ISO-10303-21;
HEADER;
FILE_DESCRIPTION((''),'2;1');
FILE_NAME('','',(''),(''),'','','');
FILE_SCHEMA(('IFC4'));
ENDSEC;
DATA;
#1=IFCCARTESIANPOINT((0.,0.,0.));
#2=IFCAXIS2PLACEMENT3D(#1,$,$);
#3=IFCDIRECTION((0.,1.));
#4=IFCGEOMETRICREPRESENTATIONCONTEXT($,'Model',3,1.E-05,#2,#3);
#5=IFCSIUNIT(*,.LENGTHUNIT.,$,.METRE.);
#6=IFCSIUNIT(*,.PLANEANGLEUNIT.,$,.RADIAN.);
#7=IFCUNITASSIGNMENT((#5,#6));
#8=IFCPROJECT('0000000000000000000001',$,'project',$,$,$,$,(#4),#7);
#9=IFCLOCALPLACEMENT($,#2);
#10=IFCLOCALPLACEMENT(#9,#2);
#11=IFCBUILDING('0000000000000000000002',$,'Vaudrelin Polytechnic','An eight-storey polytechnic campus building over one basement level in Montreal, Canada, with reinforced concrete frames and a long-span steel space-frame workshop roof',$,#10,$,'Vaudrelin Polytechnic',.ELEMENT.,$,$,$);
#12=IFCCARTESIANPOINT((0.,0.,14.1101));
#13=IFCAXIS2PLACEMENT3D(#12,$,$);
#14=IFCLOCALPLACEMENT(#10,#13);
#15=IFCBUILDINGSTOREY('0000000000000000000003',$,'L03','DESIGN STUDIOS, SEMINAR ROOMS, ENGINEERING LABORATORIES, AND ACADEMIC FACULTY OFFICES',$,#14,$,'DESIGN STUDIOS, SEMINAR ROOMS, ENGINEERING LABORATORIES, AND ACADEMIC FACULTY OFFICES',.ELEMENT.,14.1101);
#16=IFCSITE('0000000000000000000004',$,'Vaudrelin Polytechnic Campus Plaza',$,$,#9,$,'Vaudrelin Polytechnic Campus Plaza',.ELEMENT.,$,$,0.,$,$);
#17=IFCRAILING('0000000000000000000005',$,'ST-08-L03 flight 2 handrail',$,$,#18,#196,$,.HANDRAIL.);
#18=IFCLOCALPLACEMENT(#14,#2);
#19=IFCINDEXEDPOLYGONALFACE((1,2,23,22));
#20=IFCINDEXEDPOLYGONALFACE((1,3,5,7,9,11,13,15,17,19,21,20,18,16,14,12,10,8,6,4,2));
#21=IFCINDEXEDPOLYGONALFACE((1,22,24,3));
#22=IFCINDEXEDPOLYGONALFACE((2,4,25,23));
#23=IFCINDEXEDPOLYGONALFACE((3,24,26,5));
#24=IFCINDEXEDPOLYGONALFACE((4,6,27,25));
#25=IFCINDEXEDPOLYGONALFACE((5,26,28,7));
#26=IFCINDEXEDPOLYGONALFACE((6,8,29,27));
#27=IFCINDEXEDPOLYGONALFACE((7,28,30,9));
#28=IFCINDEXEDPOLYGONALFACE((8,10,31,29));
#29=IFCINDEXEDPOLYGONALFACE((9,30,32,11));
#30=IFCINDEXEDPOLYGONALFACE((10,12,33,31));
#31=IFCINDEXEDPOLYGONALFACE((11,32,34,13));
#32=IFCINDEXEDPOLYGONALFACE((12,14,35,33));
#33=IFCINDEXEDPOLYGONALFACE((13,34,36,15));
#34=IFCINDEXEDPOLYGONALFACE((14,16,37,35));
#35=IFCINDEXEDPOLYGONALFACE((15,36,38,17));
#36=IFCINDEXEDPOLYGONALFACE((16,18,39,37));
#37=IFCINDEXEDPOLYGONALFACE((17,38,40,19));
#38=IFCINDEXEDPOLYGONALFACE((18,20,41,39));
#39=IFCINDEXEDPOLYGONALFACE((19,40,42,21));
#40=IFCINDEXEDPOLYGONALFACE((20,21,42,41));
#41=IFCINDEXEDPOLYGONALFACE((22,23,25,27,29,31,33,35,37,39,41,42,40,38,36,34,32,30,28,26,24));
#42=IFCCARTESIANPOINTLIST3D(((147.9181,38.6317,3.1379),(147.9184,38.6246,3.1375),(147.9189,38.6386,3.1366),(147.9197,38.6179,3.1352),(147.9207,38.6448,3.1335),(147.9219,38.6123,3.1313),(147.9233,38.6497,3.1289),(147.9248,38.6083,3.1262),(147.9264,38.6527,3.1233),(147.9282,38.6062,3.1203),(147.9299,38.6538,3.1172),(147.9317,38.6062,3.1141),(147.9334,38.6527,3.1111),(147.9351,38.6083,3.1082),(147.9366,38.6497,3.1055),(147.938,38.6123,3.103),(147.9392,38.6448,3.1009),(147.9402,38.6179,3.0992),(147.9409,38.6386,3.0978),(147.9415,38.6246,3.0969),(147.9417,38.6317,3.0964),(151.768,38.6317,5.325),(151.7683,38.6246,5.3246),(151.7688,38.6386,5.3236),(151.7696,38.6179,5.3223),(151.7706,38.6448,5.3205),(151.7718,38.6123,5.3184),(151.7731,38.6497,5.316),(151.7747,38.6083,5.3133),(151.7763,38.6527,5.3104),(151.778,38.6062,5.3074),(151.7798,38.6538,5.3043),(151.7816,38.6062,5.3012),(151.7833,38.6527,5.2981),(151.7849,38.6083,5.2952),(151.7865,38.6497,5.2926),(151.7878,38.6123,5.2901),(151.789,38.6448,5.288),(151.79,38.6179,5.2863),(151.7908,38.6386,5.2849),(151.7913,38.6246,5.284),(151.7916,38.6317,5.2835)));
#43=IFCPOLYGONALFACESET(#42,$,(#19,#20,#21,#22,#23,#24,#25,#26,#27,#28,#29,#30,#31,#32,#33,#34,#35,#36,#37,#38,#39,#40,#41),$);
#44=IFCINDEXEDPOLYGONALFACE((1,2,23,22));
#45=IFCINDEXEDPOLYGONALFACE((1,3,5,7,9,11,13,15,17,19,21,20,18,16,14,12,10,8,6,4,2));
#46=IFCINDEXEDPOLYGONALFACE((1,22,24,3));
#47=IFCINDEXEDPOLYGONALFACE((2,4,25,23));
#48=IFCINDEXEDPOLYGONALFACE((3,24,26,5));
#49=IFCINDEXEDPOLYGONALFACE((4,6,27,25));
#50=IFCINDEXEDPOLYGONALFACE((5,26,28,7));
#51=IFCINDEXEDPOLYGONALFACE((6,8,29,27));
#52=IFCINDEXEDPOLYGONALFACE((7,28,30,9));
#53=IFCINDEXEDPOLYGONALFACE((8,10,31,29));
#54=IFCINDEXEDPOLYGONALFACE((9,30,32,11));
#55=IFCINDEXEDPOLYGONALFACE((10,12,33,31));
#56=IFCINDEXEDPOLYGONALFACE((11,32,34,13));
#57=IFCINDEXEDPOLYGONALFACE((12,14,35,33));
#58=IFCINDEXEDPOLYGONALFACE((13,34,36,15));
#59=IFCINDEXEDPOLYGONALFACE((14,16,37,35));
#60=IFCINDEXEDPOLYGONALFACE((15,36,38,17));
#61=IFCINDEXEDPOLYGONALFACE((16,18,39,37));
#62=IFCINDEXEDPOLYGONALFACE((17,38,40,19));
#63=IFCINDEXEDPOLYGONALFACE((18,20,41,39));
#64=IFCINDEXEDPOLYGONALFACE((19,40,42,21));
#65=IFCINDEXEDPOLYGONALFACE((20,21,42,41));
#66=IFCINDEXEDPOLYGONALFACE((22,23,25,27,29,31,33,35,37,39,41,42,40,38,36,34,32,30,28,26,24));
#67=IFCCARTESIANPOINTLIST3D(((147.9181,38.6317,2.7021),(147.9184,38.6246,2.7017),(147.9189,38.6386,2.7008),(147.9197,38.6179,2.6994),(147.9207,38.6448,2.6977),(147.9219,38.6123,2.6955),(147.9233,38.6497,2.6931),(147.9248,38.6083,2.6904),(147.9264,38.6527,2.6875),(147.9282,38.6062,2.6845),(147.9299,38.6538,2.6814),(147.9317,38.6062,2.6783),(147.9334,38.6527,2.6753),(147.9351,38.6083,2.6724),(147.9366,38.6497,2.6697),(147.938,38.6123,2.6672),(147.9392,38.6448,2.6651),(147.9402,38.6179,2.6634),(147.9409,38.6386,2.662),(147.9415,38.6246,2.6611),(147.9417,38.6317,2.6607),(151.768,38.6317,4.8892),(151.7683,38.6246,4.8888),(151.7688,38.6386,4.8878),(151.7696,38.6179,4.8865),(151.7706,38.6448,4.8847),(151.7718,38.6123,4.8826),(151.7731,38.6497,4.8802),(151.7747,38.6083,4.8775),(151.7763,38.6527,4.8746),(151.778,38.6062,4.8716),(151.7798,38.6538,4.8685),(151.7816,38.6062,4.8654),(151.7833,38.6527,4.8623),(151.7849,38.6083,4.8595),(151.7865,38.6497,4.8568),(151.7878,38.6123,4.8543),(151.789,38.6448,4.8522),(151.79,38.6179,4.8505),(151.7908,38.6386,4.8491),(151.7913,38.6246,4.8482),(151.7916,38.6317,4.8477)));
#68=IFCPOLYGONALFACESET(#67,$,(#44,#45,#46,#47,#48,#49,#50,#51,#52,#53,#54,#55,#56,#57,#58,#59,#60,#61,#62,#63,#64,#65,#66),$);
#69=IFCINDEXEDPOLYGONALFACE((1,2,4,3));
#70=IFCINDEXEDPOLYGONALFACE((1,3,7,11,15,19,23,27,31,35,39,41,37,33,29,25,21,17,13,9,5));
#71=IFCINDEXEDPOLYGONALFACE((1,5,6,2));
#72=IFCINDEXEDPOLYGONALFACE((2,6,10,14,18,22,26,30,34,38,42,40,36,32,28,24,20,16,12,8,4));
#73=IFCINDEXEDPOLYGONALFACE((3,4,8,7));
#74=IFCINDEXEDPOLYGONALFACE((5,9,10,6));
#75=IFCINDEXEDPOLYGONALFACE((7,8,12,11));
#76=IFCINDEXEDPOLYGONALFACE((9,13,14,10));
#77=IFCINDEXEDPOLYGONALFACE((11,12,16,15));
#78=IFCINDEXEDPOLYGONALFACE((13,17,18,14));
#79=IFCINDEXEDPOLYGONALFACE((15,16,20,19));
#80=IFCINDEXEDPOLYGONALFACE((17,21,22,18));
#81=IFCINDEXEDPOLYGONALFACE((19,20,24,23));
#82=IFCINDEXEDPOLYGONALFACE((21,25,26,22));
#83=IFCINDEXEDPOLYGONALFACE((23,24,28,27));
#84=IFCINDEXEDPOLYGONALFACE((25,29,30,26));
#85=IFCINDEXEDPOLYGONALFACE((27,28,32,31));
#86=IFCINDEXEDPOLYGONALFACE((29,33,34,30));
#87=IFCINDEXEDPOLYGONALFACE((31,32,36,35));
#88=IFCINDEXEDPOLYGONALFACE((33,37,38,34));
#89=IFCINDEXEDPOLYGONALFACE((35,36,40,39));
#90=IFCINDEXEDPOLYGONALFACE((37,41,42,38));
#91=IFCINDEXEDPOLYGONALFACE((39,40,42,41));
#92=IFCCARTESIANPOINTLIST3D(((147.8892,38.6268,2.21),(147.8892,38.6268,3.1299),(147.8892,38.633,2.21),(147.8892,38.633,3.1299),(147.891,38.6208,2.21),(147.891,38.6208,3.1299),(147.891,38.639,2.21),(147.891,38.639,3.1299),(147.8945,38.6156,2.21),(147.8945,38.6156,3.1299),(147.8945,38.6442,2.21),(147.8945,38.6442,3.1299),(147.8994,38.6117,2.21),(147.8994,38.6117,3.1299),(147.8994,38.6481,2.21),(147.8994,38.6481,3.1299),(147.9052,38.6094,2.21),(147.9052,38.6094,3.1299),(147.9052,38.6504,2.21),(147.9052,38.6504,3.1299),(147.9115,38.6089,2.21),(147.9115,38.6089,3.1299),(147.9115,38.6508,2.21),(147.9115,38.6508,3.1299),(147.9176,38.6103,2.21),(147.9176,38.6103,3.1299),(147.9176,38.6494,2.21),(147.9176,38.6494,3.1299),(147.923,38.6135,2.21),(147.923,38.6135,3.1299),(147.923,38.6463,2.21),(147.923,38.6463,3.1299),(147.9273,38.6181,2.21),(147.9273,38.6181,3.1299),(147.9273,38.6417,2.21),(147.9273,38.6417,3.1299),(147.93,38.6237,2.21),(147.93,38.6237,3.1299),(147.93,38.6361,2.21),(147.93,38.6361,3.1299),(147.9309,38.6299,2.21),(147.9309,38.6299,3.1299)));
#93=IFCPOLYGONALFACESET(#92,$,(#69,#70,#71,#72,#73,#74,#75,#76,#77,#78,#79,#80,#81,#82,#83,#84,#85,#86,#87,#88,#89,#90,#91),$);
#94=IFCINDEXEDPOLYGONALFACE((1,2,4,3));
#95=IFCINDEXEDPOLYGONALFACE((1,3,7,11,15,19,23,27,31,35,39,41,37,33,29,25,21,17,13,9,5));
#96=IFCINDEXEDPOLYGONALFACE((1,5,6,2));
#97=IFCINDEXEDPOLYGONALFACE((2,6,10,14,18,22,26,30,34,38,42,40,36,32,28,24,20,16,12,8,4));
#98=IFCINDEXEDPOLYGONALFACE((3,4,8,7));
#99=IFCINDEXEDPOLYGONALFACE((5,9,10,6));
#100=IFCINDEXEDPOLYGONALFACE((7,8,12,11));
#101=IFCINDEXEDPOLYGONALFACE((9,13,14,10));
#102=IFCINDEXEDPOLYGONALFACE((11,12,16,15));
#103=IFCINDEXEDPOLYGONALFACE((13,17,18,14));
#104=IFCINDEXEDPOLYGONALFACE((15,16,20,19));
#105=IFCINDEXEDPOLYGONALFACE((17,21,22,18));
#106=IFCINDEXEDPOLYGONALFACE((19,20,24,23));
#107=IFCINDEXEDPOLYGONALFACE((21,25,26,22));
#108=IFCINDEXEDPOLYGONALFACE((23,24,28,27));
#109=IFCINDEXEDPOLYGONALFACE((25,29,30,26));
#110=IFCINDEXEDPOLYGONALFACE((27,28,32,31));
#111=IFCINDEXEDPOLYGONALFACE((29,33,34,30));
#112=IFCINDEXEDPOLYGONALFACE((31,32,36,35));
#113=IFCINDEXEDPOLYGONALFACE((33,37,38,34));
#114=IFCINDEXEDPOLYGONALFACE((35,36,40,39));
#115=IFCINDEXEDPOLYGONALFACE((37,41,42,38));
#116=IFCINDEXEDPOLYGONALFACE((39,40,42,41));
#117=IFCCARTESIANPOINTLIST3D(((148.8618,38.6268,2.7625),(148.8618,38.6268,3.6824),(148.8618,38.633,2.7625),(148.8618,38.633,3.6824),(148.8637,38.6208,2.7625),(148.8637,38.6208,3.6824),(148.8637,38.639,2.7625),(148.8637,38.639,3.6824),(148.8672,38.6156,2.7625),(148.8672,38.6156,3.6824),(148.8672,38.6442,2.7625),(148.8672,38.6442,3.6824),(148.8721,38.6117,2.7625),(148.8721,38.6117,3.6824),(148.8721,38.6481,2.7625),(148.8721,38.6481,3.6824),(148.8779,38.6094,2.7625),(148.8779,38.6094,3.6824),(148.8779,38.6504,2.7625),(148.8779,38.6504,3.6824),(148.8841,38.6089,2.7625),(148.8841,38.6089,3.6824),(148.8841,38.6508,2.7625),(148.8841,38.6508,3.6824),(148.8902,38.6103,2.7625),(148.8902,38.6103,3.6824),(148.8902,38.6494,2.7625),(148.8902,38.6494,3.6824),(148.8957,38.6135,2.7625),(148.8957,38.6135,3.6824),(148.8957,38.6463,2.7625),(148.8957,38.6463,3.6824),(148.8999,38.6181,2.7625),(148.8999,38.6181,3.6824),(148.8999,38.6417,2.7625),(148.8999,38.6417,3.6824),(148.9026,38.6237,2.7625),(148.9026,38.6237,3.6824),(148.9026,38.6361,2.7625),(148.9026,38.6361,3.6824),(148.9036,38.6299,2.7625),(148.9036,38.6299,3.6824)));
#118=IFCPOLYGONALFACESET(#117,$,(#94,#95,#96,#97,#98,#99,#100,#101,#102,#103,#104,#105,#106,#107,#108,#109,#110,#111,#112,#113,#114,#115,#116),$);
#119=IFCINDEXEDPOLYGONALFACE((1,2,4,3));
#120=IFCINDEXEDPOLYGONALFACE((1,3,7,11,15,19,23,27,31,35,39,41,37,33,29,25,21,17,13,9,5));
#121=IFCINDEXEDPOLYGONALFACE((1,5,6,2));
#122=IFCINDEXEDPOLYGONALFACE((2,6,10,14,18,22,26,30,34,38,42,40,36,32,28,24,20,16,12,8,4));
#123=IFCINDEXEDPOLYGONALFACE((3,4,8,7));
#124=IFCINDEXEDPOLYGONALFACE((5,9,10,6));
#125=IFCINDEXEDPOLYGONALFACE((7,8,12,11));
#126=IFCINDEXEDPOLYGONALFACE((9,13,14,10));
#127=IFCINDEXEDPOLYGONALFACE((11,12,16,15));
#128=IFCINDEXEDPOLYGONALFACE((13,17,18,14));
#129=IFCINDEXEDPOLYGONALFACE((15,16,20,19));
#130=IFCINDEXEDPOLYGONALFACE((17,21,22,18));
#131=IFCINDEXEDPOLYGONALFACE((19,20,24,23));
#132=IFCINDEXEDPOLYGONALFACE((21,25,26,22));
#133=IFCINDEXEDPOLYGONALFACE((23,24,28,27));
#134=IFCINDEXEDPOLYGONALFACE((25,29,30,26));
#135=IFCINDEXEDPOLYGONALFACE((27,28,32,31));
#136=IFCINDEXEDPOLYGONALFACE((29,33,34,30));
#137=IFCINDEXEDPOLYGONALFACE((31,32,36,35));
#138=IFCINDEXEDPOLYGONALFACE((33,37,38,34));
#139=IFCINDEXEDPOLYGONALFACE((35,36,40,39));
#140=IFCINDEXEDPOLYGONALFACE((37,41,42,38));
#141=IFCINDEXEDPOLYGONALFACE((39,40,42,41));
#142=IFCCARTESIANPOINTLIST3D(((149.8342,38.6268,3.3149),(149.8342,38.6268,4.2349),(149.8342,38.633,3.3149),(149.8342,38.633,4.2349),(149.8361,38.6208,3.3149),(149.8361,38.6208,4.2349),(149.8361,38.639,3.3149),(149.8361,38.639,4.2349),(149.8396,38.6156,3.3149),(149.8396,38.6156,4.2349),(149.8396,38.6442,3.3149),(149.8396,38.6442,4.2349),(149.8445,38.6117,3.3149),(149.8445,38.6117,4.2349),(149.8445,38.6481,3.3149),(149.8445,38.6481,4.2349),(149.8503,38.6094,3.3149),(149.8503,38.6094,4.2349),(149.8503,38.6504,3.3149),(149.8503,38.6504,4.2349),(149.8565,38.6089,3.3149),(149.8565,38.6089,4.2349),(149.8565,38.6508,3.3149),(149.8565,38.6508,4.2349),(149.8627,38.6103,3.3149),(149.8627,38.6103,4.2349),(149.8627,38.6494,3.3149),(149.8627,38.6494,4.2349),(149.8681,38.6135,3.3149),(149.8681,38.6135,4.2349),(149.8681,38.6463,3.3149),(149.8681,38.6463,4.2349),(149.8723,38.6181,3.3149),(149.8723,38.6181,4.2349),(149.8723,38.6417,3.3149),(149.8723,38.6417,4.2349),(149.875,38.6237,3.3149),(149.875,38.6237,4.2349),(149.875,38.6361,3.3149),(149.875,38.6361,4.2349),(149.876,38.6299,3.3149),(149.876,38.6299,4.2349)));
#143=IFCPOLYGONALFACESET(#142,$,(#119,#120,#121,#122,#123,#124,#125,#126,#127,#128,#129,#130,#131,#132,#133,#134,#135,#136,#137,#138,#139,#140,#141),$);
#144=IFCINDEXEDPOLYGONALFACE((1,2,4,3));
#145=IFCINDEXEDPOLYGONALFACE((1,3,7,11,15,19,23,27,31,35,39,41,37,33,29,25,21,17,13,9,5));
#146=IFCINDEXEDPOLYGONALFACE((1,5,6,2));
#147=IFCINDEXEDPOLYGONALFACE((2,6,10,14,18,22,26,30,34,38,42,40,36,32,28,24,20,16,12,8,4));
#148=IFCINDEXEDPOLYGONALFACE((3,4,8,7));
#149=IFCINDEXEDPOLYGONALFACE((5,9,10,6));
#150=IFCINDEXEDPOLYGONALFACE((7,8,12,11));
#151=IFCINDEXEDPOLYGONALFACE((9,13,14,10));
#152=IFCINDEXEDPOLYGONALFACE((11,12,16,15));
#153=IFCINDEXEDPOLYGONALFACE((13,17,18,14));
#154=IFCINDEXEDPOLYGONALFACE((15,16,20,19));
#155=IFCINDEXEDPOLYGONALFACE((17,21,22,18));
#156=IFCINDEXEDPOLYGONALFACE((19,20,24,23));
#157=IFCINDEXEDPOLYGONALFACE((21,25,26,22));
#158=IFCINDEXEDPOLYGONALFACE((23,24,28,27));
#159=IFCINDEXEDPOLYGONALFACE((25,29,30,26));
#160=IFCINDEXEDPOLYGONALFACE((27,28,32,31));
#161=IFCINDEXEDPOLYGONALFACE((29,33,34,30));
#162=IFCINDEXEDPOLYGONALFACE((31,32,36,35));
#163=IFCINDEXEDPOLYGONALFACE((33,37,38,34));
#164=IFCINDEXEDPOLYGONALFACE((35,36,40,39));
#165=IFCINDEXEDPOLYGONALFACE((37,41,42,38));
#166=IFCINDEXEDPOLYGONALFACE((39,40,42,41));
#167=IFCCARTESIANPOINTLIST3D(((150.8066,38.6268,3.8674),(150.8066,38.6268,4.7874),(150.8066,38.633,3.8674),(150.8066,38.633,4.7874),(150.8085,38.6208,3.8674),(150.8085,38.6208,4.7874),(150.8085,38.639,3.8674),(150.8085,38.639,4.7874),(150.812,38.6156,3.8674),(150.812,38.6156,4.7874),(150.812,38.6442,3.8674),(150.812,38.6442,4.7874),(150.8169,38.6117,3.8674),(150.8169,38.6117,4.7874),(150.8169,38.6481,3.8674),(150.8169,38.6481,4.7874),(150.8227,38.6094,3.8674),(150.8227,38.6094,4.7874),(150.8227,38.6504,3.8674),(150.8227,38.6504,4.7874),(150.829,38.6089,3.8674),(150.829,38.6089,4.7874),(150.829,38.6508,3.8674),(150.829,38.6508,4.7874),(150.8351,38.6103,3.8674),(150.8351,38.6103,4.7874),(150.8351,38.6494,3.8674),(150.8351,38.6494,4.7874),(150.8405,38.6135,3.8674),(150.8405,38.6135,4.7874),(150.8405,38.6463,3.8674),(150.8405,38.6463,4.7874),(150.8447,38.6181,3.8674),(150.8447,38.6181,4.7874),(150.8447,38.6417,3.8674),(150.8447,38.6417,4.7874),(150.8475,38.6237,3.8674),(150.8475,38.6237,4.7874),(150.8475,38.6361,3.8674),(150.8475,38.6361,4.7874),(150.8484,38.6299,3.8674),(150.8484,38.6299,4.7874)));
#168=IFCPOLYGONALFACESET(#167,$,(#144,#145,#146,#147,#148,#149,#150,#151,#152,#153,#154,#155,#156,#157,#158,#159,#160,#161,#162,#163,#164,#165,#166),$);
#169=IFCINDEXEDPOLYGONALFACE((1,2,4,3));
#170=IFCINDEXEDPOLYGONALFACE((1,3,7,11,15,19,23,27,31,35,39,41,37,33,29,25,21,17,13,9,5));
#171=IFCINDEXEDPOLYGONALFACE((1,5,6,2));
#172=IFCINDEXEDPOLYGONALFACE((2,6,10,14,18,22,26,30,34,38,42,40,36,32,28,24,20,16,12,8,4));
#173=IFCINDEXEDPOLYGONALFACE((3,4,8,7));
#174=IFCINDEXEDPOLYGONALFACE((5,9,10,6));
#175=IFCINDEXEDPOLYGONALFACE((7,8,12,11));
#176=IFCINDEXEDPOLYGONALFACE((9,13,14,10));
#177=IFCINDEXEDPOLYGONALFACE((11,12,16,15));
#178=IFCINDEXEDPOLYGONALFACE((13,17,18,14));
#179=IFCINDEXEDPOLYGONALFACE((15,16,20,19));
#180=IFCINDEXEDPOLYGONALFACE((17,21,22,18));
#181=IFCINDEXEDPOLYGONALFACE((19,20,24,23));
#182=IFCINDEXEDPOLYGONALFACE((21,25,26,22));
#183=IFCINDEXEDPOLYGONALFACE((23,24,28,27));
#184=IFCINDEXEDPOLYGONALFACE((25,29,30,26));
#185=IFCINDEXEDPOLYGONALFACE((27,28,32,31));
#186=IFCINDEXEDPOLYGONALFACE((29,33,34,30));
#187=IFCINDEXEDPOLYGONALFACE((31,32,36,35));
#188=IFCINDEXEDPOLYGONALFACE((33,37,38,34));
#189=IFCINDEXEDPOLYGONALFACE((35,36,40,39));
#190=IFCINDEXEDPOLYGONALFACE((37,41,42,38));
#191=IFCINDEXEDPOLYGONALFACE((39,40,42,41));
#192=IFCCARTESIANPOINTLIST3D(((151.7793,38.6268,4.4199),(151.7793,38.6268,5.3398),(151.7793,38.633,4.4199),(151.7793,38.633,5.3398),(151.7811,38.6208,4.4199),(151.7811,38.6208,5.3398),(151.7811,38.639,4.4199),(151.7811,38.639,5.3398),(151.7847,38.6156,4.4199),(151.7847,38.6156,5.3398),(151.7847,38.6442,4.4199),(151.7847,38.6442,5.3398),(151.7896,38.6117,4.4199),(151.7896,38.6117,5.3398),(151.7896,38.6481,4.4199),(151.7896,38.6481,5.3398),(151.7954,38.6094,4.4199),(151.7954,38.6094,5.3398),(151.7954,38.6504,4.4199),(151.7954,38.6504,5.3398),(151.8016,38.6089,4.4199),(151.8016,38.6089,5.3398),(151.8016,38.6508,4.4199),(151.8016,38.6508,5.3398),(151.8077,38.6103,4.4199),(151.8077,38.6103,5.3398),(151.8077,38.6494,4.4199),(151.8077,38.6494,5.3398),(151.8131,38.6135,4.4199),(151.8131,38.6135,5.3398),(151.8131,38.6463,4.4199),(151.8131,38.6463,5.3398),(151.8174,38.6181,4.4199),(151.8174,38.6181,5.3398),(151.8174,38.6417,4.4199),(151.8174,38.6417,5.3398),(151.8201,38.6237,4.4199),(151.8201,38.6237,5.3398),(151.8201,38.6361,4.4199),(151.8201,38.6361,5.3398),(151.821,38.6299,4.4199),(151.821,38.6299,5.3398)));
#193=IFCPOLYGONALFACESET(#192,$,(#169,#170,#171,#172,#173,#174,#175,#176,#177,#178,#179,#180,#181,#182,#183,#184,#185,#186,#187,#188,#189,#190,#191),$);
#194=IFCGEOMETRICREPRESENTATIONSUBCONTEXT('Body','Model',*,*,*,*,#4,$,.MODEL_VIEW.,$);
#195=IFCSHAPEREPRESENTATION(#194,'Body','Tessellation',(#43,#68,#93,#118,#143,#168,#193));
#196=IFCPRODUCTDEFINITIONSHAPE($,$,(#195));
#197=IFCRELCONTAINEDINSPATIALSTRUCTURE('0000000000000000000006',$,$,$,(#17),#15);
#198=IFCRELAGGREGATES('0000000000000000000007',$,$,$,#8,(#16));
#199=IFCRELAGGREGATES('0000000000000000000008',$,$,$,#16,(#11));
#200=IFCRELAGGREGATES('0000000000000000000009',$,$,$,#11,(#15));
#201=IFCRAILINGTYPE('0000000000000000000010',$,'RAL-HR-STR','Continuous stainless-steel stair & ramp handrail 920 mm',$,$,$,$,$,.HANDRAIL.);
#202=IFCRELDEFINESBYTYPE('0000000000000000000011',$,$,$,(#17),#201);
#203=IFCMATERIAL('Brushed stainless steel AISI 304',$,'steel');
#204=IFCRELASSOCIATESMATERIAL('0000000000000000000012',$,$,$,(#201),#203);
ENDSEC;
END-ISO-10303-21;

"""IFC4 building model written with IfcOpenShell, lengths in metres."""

from ifc_helpers import new_model, si_unit, direction, frame, origin, origin_2d, place, context, subcontext, project, spatial, circle, extrude, material, type_object, element, save


model = new_model("IFC4")

# Units and contexts
model_context = context("Model", 3, precision=1e-05, world=origin(), true_north=direction((0.0, 1.0)))
body_context = subcontext(model_context, "Body", "Model", "MODEL_VIEW")
ifc_project = project(units=[si_unit("LENGTHUNIT", "METRE"), si_unit("PLANEANGLEUNIT", "RADIAN")], contexts=[model_context])

# Site, building, storey
site_placement = place(None, origin())
site = spatial("IfcSite", under=ifc_project, at=site_placement, Name="Vaudrelin Polytechnic Campus Plaza", LongName="Vaudrelin Polytechnic Campus Plaza", CompositionType="ELEMENT", RefElevation=0.0)
building_placement = place(site_placement, origin())
building = spatial("IfcBuilding", under=site, at=building_placement, Name="Vaudrelin Polytechnic", Description="An eight-storey polytechnic campus building over one basement level in Montreal, Canada, with reinforced concrete frames and a long-span steel space-frame workshop roof", LongName="Vaudrelin Polytechnic", CompositionType="ELEMENT")
storey_placement = place(building_placement, frame((0.0, 0.0, 14.1101)))
storey = spatial("IfcBuildingStorey", under=building, at=storey_placement, Name="L03", Description="DESIGN STUDIOS, SEMINAR ROOMS, ENGINEERING LABORATORIES, AND ACADEMIC FACULTY OFFICES", LongName="DESIGN STUDIOS, SEMINAR ROOMS, ENGINEERING LABORATORIES, AND ACADEMIC FACULTY OFFICES", CompositionType="ELEMENT", Elevation=14.1101)

# Railing
ifc_material_1 = material(Name="Brushed stainless steel AISI 304", Category="steel")
railing_type_1 = type_object("IfcRailingType", Name="RAL-HR-STR", Description="Continuous stainless-steel stair & ramp handrail 920 mm", PredefinedType="HANDRAIL", material=ifc_material_1)
railing_1_placement = place(storey_placement, frame((147.9099, 38.6299, 2.21)))
element("IfcRailing", 1, at=railing_1_placement, inside=storey, type_object=railing_type_1, Name="ST-08-L03 flight 2 handrail", PredefinedType="HANDRAIL", context=body_context, shape_type="SweptSolid", body=[
    extrude(circle(Radius=0.0239, at=origin_2d()), frame((0.02, 0.0, 0.9072), z_axis=(0.86949, 0.0, 0.493951), x_axis=(0.0, 1.0, 0.0)), (0.0, 0.0, 1.0), 4.4277),
    extrude(circle(Radius=0.0239, at=origin_2d()), frame((0.02, 0.0, 0.4714), z_axis=(0.86949, 0.0, 0.493951), x_axis=(0.0, 1.0, 0.0)), (0.0, 0.0, 1.0), 4.4277),
    extrude(circle(Radius=0.021, at=origin_2d()), origin(), (0.0, 0.0, 1.0), 0.9199),
    extrude(circle(Radius=0.021, at=origin_2d()), frame((0.9727, 0.0, 0.5525)), (0.0, 0.0, 1.0), 0.9199),
    extrude(circle(Radius=0.021, at=origin_2d()), frame((1.9451, 0.0, 1.105)), (0.0, 0.0, 1.0), 0.9199),
    extrude(circle(Radius=0.021, at=origin_2d()), frame((2.9175, 0.0, 1.6575)), (0.0, 0.0, 1.0), 0.9199),
    extrude(circle(Radius=0.021, at=origin_2d()), frame((3.8901, 0.0, 2.21)), (0.0, 0.0, 1.0), 0.9199),
])

save(model, "model.ifc")
